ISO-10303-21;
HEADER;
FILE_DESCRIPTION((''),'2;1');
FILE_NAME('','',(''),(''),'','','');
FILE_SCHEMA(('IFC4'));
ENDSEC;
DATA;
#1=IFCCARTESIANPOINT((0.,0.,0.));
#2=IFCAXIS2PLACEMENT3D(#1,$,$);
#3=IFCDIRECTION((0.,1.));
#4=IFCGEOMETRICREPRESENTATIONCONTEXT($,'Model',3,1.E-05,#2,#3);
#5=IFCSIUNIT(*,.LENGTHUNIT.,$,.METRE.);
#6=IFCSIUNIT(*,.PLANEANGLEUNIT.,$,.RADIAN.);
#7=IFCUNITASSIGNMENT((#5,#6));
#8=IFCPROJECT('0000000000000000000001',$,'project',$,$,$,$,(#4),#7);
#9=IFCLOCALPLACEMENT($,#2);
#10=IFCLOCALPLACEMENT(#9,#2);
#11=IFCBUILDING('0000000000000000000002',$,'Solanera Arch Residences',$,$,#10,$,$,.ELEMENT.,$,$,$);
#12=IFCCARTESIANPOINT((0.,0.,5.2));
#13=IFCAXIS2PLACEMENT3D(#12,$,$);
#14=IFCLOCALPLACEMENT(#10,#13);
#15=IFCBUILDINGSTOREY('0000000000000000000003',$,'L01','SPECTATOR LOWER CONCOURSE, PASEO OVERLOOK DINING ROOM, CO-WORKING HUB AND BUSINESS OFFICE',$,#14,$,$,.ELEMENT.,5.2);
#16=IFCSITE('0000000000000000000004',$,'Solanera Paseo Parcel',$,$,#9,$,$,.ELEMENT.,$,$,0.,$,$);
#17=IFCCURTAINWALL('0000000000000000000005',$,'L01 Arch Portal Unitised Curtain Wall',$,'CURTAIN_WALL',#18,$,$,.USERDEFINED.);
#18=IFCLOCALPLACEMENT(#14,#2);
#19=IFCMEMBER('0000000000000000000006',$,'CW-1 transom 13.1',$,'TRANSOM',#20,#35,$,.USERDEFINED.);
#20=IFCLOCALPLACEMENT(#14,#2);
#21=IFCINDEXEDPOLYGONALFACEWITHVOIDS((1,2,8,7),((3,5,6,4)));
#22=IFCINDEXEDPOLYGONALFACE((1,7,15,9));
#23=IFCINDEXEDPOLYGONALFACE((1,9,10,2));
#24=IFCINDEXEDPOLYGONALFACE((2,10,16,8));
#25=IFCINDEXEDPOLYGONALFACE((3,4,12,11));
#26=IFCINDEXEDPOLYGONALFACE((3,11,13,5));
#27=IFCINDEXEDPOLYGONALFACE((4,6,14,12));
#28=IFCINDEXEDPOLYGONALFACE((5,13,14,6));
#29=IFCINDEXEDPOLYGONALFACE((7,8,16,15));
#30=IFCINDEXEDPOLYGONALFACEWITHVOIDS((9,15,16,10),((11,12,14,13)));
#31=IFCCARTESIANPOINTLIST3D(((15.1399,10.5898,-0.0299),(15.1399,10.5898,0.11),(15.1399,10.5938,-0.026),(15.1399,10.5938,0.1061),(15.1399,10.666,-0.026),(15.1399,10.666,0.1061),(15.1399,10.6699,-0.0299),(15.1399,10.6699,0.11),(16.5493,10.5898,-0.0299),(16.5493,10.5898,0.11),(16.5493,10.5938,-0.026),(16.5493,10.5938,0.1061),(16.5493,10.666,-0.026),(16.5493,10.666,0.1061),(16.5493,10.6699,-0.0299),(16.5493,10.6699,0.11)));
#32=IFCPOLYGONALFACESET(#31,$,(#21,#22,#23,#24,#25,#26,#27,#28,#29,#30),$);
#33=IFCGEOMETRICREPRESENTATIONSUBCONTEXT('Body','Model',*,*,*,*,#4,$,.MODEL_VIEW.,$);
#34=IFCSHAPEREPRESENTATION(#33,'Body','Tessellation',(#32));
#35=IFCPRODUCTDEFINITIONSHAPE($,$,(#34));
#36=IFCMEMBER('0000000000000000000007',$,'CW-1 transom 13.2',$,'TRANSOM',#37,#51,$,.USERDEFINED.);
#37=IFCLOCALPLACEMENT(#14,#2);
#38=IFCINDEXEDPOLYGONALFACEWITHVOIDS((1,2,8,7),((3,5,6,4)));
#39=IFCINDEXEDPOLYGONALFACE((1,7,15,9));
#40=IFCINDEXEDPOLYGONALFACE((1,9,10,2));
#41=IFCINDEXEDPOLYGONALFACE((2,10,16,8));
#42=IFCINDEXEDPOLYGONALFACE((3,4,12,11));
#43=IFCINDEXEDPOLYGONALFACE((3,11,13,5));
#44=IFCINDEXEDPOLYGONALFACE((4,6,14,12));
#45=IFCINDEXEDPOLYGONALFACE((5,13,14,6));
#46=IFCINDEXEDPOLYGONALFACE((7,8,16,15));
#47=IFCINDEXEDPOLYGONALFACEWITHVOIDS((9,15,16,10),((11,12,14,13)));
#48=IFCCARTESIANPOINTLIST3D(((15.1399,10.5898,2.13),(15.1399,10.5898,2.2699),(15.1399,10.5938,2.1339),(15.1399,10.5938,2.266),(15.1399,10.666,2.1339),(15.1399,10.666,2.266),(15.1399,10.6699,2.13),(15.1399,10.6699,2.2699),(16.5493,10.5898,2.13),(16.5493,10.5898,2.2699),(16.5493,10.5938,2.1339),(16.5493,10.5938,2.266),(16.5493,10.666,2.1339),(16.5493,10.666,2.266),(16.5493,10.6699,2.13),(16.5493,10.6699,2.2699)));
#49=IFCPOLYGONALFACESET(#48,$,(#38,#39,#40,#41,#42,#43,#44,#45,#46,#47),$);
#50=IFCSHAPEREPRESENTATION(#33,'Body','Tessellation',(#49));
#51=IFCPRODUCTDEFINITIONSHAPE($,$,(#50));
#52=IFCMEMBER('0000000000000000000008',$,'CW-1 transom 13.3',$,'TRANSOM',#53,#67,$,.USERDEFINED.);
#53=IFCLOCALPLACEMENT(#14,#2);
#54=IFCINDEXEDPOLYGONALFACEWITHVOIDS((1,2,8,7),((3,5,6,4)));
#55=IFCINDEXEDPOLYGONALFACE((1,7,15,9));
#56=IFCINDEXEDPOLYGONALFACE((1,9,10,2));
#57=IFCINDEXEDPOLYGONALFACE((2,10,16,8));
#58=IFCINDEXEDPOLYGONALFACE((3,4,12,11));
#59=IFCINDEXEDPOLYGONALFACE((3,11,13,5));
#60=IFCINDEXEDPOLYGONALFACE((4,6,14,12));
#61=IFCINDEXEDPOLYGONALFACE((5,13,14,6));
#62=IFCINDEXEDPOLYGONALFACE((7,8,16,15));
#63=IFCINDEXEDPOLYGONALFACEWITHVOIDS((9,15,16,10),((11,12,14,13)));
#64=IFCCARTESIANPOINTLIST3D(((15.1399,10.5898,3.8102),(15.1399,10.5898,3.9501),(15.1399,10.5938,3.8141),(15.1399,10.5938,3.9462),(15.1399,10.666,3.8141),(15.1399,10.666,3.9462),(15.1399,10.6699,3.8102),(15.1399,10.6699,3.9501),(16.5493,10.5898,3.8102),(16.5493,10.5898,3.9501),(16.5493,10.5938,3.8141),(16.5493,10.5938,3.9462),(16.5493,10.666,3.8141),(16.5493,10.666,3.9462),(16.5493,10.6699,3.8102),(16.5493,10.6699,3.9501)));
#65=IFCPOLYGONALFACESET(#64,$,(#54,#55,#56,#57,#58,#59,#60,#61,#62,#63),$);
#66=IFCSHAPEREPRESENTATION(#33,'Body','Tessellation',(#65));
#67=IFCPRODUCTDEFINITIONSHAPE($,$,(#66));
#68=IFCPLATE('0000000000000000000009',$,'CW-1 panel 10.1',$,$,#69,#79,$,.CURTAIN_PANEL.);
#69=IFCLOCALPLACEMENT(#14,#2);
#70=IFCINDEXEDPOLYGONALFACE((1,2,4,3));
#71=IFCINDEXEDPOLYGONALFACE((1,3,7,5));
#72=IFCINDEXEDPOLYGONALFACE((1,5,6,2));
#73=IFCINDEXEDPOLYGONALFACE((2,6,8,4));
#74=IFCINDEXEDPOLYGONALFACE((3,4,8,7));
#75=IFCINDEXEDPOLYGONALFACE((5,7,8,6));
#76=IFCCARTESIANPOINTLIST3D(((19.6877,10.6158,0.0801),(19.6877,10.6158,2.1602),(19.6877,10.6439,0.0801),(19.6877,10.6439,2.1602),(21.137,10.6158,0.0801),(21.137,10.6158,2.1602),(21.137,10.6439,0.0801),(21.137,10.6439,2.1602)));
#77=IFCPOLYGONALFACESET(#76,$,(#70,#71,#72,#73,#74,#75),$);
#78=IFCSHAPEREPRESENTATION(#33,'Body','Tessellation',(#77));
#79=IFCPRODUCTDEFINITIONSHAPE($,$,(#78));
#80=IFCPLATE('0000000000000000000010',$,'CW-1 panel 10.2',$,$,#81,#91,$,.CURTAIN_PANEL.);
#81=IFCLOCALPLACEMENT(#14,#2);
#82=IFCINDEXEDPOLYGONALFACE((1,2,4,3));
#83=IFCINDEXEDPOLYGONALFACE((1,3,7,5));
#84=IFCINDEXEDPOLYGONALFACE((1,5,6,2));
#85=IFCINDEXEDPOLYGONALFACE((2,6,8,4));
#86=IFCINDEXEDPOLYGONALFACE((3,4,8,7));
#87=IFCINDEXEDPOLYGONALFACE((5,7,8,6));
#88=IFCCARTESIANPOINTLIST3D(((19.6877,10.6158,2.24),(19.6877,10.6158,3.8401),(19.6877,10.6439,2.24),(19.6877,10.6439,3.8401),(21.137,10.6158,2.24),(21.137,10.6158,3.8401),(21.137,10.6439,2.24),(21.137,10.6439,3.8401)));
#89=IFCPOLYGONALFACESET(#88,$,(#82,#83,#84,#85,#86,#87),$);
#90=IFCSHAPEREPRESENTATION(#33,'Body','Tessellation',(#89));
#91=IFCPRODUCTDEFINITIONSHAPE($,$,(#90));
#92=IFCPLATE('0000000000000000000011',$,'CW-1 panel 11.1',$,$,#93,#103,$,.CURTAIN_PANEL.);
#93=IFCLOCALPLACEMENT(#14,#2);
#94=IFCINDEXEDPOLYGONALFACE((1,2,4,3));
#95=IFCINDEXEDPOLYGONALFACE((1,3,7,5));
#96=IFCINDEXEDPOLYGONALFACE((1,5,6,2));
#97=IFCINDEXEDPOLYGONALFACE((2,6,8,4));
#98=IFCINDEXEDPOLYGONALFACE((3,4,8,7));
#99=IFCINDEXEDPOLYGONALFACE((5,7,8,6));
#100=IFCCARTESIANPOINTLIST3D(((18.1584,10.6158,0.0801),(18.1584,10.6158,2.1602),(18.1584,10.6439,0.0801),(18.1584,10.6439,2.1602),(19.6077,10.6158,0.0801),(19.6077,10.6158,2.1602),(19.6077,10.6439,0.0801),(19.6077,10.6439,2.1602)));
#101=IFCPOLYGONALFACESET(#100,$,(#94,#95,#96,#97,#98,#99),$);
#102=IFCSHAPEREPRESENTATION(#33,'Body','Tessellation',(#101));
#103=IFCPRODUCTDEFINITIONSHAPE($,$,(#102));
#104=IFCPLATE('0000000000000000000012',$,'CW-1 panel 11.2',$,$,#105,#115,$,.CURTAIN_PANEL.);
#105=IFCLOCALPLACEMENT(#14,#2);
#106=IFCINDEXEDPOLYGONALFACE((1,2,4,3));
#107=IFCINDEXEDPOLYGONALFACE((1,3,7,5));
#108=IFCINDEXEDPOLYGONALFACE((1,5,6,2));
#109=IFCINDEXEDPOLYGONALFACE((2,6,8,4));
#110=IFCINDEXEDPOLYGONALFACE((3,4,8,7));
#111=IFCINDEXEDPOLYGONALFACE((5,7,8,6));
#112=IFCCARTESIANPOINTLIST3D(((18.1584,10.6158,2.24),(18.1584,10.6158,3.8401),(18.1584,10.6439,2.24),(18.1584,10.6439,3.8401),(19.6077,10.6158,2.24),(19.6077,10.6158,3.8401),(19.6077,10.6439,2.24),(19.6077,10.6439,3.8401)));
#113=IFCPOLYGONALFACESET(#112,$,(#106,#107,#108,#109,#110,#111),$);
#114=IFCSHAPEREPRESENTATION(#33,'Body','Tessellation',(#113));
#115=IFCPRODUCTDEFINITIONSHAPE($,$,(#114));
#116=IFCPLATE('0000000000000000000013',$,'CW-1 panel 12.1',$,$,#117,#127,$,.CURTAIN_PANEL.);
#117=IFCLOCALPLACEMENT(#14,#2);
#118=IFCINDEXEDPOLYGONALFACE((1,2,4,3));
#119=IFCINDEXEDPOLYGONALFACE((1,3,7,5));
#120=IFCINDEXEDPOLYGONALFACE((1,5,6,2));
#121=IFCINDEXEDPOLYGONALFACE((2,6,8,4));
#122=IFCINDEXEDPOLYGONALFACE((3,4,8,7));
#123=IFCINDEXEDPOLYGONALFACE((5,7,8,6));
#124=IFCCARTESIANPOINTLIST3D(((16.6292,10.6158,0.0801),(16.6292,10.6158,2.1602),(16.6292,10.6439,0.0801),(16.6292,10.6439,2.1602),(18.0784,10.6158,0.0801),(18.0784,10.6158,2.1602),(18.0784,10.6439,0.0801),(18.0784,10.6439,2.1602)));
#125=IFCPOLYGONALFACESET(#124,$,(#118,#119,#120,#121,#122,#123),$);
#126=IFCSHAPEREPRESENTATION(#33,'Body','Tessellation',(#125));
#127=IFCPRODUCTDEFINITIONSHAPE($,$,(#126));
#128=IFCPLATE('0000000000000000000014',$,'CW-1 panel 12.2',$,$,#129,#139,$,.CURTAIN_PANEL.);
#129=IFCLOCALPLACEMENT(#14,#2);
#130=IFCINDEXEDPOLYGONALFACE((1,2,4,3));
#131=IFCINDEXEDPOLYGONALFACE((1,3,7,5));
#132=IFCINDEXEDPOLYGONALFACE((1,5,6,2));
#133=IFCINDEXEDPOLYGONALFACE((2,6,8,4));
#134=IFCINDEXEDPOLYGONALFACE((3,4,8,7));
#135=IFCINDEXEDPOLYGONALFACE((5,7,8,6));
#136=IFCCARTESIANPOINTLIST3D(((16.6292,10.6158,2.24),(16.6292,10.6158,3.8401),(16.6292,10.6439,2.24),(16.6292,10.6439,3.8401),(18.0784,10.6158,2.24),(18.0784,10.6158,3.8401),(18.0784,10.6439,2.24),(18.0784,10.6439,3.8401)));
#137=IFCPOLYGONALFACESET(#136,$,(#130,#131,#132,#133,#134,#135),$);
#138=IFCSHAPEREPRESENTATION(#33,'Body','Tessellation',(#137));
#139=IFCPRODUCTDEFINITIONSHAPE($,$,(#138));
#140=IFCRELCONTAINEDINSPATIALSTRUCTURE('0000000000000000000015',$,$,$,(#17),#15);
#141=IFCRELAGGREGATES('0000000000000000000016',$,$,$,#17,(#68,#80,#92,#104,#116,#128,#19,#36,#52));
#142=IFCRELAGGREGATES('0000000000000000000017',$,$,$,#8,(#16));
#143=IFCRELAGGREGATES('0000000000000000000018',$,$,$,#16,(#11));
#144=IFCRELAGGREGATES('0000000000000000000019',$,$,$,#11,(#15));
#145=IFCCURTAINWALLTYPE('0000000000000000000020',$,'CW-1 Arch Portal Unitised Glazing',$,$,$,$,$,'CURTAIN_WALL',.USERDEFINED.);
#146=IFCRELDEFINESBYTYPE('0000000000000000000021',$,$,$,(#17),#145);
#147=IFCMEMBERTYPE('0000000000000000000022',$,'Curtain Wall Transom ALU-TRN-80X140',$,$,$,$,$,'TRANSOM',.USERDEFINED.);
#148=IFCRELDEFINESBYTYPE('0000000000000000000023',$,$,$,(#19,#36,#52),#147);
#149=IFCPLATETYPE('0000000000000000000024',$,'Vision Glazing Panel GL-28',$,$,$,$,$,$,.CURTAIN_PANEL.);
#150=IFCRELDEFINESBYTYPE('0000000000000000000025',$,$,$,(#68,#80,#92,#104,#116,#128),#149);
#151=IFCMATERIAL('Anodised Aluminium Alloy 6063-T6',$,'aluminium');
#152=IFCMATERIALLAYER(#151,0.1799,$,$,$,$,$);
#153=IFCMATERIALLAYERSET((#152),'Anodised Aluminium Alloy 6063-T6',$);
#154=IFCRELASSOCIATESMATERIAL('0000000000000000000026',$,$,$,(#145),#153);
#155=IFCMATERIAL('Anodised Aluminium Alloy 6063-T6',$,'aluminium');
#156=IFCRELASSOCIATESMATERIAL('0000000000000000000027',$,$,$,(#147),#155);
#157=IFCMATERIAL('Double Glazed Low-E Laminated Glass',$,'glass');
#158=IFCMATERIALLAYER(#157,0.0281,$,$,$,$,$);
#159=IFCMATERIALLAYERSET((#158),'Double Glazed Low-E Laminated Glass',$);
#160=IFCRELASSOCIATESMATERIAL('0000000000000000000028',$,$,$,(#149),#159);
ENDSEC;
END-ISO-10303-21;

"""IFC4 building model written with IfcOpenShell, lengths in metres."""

from ifc_helpers import new_model, si_unit, direction, frame, origin, origin_2d, place, context, subcontext, project, spatial, rectangle, hollow_rectangle, extrude, material, layer, layer_set, material_profile, profile_set, type_object, element, aggregate, save


model = new_model("IFC4")

# Units and contexts
model_context = context("Model", 3, precision=1e-05, world=origin(), true_north=direction((0.0, 1.0)))
body_context = subcontext(model_context, "Body", "Model", "MODEL_VIEW")
ifc_project = project(units=[si_unit("LENGTHUNIT", "METRE"), si_unit("PLANEANGLEUNIT", "RADIAN")], contexts=[model_context])

# Site, building, storey
site_placement = place(None, origin())
site = spatial("IfcSite", under=ifc_project, at=site_placement, Name="Solanera Paseo Parcel", CompositionType="ELEMENT", RefElevation=0.0)
building_placement = place(site_placement, origin())
building = spatial("IfcBuilding", under=site, at=building_placement, Name="Solanera Arch Residences", CompositionType="ELEMENT")
storey_placement = place(building_placement, frame((0.0, 0.0, 5.2)))
storey = spatial("IfcBuildingStorey", under=building, at=storey_placement, Name="L01", Description="SPECTATOR LOWER CONCOURSE, PASEO OVERLOOK DINING ROOM, CO-WORKING HUB AND BUSINESS OFFICE", CompositionType="ELEMENT", Elevation=5.2)

# Curtain wall, members, plates
ifc_material_1 = material(Name="Anodised Aluminium Alloy 6063-T6", Category="aluminium")
ifc_layer_1 = layer(ifc_material_1, 0.1799)
ifc_layer_set_1 = layer_set([ifc_layer_1], Name="Anodised Aluminium Alloy 6063-T6")
curtain_wall_type = type_object("IfcCurtainWallType", Name="CW-1 Arch Portal Unitised Glazing", ElementType="CURTAIN_WALL", PredefinedType="USERDEFINED", material=ifc_layer_set_1)
curtain_wall_placement = place(storey_placement, origin())
curtain_wall = element("IfcCurtainWall", 1, at=curtain_wall_placement, inside=storey, type_object=curtain_wall_type, Name="L01 Arch Portal Unitised Curtain Wall", ObjectType="CURTAIN_WALL", PredefinedType="USERDEFINED")
ifc_material_2 = material(Name="Anodised Aluminium Alloy 6063-T6", Category="aluminium")
ifc_material_profile_1 = material_profile(ifc_material_2, hollow_rectangle(XDim=0.0801, YDim=0.1399, WallThickness=0.0039, at=origin_2d()))
ifc_profile_set_1 = profile_set([ifc_material_profile_1], Name="Anodised Aluminium Alloy 6063-T6")
member_type_1 = type_object("IfcMemberType", Name="Curtain Wall Transom ALU-TRN-80X140", ElementType="TRANSOM", PredefinedType="USERDEFINED", material=ifc_profile_set_1)
member_1_placement = place(storey_placement, frame((16.5493, 10.6299, 0.04), z_axis=(-1.0, 0.0, 0.0), x_axis=(0.0, -1.0, 0.0)))
member_1 = element("IfcMember", 2, at=member_1_placement, type_object=member_type_1, Name="CW-1 transom 13.1", ObjectType="TRANSOM", PredefinedType="USERDEFINED", context=body_context, shape_type="SweptSolid", body=[
    extrude(hollow_rectangle(XDim=0.0801, YDim=0.1399, WallThickness=0.0039, at=origin_2d()), origin(), (0.0, 0.0, 1.0), 1.4094),
])
member_2_placement = place(storey_placement, frame((16.5493, 10.6299, 2.2), z_axis=(-1.0, 0.0, 0.0), x_axis=(0.0, -1.0, 0.0)))
member_2 = element("IfcMember", 3, at=member_2_placement, type_object=member_type_1, Name="CW-1 transom 13.2", ObjectType="TRANSOM", PredefinedType="USERDEFINED", context=body_context, shape_type="SweptSolid", body=[
    extrude(hollow_rectangle(XDim=0.0801, YDim=0.1399, WallThickness=0.0039, at=origin_2d()), origin(), (0.0, 0.0, 1.0), 1.4094),
])
member_3_placement = place(storey_placement, frame((16.5493, 10.6299, 3.8801), z_axis=(-1.0, 0.0, 0.0), x_axis=(0.0, -1.0, 0.0)))
member_3 = element("IfcMember", 4, at=member_3_placement, type_object=member_type_1, Name="CW-1 transom 13.3", ObjectType="TRANSOM", PredefinedType="USERDEFINED", context=body_context, shape_type="SweptSolid", body=[
    extrude(hollow_rectangle(XDim=0.0801, YDim=0.1399, WallThickness=0.0039, at=origin_2d()), origin(), (0.0, 0.0, 1.0), 1.4094),
])
ifc_material_3 = material(Name="Double Glazed Low-E Laminated Glass", Category="glass")
ifc_layer_2 = layer(ifc_material_3, 0.0281)
ifc_layer_set_2 = layer_set([ifc_layer_2], Name="Double Glazed Low-E Laminated Glass")
plate_type = type_object("IfcPlateType", Name="Vision Glazing Panel GL-28", PredefinedType="CURTAIN_PANEL", material=ifc_layer_set_2)
plate_1_placement = place(storey_placement, frame((20.4124, 10.6299, 0.0801), z_axis=(0.0, 0.0, 1.0), x_axis=(-1.0, 0.0, 0.0)))
plate_1 = element("IfcPlate", 5, at=plate_1_placement, type_object=plate_type, Name="CW-1 panel 10.1", PredefinedType="CURTAIN_PANEL", context=body_context, shape_type="SweptSolid", body=[
    extrude(rectangle(XDim=1.4492, YDim=0.0281, at=origin_2d()), origin(), (0.0, 0.0, 1.0), 2.0801),
])
plate_2_placement = place(storey_placement, frame((20.4124, 10.6299, 2.24), z_axis=(0.0, 0.0, 1.0), x_axis=(-1.0, 0.0, 0.0)))
plate_2 = element("IfcPlate", 6, at=plate_2_placement, type_object=plate_type, Name="CW-1 panel 10.2", PredefinedType="CURTAIN_PANEL", context=body_context, shape_type="SweptSolid", body=[
    extrude(rectangle(XDim=1.4492, YDim=0.0281, at=origin_2d()), origin(), (0.0, 0.0, 1.0), 1.6001),
])
plate_3_placement = place(storey_placement, frame((18.8831, 10.6299, 0.0801), z_axis=(0.0, 0.0, 1.0), x_axis=(-1.0, 0.0, 0.0)))
plate_3 = element("IfcPlate", 7, at=plate_3_placement, type_object=plate_type, Name="CW-1 panel 11.1", PredefinedType="CURTAIN_PANEL", context=body_context, shape_type="SweptSolid", body=[
    extrude(rectangle(XDim=1.4492, YDim=0.0281, at=origin_2d()), origin(), (0.0, 0.0, 1.0), 2.0801),
])
plate_4_placement = place(storey_placement, frame((18.8831, 10.6299, 2.24), z_axis=(0.0, 0.0, 1.0), x_axis=(-1.0, 0.0, 0.0)))
plate_4 = element("IfcPlate", 8, at=plate_4_placement, type_object=plate_type, Name="CW-1 panel 11.2", PredefinedType="CURTAIN_PANEL", context=body_context, shape_type="SweptSolid", body=[
    extrude(rectangle(XDim=1.4492, YDim=0.0281, at=origin_2d()), origin(), (0.0, 0.0, 1.0), 1.6001),
])
plate_5_placement = place(storey_placement, frame((17.3538, 10.6299, 0.0801), z_axis=(0.0, 0.0, 1.0), x_axis=(-1.0, 0.0, 0.0)))
plate_5 = element("IfcPlate", 9, at=plate_5_placement, type_object=plate_type, Name="CW-1 panel 12.1", PredefinedType="CURTAIN_PANEL", context=body_context, shape_type="SweptSolid", body=[
    extrude(rectangle(XDim=1.4492, YDim=0.0281, at=origin_2d()), origin(), (0.0, 0.0, 1.0), 2.0801),
])
plate_6_placement = place(storey_placement, frame((17.3538, 10.6299, 2.24), z_axis=(0.0, 0.0, 1.0), x_axis=(-1.0, 0.0, 0.0)))
plate_6 = element("IfcPlate", 10, at=plate_6_placement, type_object=plate_type, Name="CW-1 panel 12.2", PredefinedType="CURTAIN_PANEL", context=body_context, shape_type="SweptSolid", body=[
    extrude(rectangle(XDim=1.4492, YDim=0.0281, at=origin_2d()), origin(), (0.0, 0.0, 1.0), 1.6001),
])
aggregate(curtain_wall, [plate_1, plate_2, plate_3, plate_4, plate_5, plate_6, member_1, member_2, member_3])

save(model, "model.ifc")
